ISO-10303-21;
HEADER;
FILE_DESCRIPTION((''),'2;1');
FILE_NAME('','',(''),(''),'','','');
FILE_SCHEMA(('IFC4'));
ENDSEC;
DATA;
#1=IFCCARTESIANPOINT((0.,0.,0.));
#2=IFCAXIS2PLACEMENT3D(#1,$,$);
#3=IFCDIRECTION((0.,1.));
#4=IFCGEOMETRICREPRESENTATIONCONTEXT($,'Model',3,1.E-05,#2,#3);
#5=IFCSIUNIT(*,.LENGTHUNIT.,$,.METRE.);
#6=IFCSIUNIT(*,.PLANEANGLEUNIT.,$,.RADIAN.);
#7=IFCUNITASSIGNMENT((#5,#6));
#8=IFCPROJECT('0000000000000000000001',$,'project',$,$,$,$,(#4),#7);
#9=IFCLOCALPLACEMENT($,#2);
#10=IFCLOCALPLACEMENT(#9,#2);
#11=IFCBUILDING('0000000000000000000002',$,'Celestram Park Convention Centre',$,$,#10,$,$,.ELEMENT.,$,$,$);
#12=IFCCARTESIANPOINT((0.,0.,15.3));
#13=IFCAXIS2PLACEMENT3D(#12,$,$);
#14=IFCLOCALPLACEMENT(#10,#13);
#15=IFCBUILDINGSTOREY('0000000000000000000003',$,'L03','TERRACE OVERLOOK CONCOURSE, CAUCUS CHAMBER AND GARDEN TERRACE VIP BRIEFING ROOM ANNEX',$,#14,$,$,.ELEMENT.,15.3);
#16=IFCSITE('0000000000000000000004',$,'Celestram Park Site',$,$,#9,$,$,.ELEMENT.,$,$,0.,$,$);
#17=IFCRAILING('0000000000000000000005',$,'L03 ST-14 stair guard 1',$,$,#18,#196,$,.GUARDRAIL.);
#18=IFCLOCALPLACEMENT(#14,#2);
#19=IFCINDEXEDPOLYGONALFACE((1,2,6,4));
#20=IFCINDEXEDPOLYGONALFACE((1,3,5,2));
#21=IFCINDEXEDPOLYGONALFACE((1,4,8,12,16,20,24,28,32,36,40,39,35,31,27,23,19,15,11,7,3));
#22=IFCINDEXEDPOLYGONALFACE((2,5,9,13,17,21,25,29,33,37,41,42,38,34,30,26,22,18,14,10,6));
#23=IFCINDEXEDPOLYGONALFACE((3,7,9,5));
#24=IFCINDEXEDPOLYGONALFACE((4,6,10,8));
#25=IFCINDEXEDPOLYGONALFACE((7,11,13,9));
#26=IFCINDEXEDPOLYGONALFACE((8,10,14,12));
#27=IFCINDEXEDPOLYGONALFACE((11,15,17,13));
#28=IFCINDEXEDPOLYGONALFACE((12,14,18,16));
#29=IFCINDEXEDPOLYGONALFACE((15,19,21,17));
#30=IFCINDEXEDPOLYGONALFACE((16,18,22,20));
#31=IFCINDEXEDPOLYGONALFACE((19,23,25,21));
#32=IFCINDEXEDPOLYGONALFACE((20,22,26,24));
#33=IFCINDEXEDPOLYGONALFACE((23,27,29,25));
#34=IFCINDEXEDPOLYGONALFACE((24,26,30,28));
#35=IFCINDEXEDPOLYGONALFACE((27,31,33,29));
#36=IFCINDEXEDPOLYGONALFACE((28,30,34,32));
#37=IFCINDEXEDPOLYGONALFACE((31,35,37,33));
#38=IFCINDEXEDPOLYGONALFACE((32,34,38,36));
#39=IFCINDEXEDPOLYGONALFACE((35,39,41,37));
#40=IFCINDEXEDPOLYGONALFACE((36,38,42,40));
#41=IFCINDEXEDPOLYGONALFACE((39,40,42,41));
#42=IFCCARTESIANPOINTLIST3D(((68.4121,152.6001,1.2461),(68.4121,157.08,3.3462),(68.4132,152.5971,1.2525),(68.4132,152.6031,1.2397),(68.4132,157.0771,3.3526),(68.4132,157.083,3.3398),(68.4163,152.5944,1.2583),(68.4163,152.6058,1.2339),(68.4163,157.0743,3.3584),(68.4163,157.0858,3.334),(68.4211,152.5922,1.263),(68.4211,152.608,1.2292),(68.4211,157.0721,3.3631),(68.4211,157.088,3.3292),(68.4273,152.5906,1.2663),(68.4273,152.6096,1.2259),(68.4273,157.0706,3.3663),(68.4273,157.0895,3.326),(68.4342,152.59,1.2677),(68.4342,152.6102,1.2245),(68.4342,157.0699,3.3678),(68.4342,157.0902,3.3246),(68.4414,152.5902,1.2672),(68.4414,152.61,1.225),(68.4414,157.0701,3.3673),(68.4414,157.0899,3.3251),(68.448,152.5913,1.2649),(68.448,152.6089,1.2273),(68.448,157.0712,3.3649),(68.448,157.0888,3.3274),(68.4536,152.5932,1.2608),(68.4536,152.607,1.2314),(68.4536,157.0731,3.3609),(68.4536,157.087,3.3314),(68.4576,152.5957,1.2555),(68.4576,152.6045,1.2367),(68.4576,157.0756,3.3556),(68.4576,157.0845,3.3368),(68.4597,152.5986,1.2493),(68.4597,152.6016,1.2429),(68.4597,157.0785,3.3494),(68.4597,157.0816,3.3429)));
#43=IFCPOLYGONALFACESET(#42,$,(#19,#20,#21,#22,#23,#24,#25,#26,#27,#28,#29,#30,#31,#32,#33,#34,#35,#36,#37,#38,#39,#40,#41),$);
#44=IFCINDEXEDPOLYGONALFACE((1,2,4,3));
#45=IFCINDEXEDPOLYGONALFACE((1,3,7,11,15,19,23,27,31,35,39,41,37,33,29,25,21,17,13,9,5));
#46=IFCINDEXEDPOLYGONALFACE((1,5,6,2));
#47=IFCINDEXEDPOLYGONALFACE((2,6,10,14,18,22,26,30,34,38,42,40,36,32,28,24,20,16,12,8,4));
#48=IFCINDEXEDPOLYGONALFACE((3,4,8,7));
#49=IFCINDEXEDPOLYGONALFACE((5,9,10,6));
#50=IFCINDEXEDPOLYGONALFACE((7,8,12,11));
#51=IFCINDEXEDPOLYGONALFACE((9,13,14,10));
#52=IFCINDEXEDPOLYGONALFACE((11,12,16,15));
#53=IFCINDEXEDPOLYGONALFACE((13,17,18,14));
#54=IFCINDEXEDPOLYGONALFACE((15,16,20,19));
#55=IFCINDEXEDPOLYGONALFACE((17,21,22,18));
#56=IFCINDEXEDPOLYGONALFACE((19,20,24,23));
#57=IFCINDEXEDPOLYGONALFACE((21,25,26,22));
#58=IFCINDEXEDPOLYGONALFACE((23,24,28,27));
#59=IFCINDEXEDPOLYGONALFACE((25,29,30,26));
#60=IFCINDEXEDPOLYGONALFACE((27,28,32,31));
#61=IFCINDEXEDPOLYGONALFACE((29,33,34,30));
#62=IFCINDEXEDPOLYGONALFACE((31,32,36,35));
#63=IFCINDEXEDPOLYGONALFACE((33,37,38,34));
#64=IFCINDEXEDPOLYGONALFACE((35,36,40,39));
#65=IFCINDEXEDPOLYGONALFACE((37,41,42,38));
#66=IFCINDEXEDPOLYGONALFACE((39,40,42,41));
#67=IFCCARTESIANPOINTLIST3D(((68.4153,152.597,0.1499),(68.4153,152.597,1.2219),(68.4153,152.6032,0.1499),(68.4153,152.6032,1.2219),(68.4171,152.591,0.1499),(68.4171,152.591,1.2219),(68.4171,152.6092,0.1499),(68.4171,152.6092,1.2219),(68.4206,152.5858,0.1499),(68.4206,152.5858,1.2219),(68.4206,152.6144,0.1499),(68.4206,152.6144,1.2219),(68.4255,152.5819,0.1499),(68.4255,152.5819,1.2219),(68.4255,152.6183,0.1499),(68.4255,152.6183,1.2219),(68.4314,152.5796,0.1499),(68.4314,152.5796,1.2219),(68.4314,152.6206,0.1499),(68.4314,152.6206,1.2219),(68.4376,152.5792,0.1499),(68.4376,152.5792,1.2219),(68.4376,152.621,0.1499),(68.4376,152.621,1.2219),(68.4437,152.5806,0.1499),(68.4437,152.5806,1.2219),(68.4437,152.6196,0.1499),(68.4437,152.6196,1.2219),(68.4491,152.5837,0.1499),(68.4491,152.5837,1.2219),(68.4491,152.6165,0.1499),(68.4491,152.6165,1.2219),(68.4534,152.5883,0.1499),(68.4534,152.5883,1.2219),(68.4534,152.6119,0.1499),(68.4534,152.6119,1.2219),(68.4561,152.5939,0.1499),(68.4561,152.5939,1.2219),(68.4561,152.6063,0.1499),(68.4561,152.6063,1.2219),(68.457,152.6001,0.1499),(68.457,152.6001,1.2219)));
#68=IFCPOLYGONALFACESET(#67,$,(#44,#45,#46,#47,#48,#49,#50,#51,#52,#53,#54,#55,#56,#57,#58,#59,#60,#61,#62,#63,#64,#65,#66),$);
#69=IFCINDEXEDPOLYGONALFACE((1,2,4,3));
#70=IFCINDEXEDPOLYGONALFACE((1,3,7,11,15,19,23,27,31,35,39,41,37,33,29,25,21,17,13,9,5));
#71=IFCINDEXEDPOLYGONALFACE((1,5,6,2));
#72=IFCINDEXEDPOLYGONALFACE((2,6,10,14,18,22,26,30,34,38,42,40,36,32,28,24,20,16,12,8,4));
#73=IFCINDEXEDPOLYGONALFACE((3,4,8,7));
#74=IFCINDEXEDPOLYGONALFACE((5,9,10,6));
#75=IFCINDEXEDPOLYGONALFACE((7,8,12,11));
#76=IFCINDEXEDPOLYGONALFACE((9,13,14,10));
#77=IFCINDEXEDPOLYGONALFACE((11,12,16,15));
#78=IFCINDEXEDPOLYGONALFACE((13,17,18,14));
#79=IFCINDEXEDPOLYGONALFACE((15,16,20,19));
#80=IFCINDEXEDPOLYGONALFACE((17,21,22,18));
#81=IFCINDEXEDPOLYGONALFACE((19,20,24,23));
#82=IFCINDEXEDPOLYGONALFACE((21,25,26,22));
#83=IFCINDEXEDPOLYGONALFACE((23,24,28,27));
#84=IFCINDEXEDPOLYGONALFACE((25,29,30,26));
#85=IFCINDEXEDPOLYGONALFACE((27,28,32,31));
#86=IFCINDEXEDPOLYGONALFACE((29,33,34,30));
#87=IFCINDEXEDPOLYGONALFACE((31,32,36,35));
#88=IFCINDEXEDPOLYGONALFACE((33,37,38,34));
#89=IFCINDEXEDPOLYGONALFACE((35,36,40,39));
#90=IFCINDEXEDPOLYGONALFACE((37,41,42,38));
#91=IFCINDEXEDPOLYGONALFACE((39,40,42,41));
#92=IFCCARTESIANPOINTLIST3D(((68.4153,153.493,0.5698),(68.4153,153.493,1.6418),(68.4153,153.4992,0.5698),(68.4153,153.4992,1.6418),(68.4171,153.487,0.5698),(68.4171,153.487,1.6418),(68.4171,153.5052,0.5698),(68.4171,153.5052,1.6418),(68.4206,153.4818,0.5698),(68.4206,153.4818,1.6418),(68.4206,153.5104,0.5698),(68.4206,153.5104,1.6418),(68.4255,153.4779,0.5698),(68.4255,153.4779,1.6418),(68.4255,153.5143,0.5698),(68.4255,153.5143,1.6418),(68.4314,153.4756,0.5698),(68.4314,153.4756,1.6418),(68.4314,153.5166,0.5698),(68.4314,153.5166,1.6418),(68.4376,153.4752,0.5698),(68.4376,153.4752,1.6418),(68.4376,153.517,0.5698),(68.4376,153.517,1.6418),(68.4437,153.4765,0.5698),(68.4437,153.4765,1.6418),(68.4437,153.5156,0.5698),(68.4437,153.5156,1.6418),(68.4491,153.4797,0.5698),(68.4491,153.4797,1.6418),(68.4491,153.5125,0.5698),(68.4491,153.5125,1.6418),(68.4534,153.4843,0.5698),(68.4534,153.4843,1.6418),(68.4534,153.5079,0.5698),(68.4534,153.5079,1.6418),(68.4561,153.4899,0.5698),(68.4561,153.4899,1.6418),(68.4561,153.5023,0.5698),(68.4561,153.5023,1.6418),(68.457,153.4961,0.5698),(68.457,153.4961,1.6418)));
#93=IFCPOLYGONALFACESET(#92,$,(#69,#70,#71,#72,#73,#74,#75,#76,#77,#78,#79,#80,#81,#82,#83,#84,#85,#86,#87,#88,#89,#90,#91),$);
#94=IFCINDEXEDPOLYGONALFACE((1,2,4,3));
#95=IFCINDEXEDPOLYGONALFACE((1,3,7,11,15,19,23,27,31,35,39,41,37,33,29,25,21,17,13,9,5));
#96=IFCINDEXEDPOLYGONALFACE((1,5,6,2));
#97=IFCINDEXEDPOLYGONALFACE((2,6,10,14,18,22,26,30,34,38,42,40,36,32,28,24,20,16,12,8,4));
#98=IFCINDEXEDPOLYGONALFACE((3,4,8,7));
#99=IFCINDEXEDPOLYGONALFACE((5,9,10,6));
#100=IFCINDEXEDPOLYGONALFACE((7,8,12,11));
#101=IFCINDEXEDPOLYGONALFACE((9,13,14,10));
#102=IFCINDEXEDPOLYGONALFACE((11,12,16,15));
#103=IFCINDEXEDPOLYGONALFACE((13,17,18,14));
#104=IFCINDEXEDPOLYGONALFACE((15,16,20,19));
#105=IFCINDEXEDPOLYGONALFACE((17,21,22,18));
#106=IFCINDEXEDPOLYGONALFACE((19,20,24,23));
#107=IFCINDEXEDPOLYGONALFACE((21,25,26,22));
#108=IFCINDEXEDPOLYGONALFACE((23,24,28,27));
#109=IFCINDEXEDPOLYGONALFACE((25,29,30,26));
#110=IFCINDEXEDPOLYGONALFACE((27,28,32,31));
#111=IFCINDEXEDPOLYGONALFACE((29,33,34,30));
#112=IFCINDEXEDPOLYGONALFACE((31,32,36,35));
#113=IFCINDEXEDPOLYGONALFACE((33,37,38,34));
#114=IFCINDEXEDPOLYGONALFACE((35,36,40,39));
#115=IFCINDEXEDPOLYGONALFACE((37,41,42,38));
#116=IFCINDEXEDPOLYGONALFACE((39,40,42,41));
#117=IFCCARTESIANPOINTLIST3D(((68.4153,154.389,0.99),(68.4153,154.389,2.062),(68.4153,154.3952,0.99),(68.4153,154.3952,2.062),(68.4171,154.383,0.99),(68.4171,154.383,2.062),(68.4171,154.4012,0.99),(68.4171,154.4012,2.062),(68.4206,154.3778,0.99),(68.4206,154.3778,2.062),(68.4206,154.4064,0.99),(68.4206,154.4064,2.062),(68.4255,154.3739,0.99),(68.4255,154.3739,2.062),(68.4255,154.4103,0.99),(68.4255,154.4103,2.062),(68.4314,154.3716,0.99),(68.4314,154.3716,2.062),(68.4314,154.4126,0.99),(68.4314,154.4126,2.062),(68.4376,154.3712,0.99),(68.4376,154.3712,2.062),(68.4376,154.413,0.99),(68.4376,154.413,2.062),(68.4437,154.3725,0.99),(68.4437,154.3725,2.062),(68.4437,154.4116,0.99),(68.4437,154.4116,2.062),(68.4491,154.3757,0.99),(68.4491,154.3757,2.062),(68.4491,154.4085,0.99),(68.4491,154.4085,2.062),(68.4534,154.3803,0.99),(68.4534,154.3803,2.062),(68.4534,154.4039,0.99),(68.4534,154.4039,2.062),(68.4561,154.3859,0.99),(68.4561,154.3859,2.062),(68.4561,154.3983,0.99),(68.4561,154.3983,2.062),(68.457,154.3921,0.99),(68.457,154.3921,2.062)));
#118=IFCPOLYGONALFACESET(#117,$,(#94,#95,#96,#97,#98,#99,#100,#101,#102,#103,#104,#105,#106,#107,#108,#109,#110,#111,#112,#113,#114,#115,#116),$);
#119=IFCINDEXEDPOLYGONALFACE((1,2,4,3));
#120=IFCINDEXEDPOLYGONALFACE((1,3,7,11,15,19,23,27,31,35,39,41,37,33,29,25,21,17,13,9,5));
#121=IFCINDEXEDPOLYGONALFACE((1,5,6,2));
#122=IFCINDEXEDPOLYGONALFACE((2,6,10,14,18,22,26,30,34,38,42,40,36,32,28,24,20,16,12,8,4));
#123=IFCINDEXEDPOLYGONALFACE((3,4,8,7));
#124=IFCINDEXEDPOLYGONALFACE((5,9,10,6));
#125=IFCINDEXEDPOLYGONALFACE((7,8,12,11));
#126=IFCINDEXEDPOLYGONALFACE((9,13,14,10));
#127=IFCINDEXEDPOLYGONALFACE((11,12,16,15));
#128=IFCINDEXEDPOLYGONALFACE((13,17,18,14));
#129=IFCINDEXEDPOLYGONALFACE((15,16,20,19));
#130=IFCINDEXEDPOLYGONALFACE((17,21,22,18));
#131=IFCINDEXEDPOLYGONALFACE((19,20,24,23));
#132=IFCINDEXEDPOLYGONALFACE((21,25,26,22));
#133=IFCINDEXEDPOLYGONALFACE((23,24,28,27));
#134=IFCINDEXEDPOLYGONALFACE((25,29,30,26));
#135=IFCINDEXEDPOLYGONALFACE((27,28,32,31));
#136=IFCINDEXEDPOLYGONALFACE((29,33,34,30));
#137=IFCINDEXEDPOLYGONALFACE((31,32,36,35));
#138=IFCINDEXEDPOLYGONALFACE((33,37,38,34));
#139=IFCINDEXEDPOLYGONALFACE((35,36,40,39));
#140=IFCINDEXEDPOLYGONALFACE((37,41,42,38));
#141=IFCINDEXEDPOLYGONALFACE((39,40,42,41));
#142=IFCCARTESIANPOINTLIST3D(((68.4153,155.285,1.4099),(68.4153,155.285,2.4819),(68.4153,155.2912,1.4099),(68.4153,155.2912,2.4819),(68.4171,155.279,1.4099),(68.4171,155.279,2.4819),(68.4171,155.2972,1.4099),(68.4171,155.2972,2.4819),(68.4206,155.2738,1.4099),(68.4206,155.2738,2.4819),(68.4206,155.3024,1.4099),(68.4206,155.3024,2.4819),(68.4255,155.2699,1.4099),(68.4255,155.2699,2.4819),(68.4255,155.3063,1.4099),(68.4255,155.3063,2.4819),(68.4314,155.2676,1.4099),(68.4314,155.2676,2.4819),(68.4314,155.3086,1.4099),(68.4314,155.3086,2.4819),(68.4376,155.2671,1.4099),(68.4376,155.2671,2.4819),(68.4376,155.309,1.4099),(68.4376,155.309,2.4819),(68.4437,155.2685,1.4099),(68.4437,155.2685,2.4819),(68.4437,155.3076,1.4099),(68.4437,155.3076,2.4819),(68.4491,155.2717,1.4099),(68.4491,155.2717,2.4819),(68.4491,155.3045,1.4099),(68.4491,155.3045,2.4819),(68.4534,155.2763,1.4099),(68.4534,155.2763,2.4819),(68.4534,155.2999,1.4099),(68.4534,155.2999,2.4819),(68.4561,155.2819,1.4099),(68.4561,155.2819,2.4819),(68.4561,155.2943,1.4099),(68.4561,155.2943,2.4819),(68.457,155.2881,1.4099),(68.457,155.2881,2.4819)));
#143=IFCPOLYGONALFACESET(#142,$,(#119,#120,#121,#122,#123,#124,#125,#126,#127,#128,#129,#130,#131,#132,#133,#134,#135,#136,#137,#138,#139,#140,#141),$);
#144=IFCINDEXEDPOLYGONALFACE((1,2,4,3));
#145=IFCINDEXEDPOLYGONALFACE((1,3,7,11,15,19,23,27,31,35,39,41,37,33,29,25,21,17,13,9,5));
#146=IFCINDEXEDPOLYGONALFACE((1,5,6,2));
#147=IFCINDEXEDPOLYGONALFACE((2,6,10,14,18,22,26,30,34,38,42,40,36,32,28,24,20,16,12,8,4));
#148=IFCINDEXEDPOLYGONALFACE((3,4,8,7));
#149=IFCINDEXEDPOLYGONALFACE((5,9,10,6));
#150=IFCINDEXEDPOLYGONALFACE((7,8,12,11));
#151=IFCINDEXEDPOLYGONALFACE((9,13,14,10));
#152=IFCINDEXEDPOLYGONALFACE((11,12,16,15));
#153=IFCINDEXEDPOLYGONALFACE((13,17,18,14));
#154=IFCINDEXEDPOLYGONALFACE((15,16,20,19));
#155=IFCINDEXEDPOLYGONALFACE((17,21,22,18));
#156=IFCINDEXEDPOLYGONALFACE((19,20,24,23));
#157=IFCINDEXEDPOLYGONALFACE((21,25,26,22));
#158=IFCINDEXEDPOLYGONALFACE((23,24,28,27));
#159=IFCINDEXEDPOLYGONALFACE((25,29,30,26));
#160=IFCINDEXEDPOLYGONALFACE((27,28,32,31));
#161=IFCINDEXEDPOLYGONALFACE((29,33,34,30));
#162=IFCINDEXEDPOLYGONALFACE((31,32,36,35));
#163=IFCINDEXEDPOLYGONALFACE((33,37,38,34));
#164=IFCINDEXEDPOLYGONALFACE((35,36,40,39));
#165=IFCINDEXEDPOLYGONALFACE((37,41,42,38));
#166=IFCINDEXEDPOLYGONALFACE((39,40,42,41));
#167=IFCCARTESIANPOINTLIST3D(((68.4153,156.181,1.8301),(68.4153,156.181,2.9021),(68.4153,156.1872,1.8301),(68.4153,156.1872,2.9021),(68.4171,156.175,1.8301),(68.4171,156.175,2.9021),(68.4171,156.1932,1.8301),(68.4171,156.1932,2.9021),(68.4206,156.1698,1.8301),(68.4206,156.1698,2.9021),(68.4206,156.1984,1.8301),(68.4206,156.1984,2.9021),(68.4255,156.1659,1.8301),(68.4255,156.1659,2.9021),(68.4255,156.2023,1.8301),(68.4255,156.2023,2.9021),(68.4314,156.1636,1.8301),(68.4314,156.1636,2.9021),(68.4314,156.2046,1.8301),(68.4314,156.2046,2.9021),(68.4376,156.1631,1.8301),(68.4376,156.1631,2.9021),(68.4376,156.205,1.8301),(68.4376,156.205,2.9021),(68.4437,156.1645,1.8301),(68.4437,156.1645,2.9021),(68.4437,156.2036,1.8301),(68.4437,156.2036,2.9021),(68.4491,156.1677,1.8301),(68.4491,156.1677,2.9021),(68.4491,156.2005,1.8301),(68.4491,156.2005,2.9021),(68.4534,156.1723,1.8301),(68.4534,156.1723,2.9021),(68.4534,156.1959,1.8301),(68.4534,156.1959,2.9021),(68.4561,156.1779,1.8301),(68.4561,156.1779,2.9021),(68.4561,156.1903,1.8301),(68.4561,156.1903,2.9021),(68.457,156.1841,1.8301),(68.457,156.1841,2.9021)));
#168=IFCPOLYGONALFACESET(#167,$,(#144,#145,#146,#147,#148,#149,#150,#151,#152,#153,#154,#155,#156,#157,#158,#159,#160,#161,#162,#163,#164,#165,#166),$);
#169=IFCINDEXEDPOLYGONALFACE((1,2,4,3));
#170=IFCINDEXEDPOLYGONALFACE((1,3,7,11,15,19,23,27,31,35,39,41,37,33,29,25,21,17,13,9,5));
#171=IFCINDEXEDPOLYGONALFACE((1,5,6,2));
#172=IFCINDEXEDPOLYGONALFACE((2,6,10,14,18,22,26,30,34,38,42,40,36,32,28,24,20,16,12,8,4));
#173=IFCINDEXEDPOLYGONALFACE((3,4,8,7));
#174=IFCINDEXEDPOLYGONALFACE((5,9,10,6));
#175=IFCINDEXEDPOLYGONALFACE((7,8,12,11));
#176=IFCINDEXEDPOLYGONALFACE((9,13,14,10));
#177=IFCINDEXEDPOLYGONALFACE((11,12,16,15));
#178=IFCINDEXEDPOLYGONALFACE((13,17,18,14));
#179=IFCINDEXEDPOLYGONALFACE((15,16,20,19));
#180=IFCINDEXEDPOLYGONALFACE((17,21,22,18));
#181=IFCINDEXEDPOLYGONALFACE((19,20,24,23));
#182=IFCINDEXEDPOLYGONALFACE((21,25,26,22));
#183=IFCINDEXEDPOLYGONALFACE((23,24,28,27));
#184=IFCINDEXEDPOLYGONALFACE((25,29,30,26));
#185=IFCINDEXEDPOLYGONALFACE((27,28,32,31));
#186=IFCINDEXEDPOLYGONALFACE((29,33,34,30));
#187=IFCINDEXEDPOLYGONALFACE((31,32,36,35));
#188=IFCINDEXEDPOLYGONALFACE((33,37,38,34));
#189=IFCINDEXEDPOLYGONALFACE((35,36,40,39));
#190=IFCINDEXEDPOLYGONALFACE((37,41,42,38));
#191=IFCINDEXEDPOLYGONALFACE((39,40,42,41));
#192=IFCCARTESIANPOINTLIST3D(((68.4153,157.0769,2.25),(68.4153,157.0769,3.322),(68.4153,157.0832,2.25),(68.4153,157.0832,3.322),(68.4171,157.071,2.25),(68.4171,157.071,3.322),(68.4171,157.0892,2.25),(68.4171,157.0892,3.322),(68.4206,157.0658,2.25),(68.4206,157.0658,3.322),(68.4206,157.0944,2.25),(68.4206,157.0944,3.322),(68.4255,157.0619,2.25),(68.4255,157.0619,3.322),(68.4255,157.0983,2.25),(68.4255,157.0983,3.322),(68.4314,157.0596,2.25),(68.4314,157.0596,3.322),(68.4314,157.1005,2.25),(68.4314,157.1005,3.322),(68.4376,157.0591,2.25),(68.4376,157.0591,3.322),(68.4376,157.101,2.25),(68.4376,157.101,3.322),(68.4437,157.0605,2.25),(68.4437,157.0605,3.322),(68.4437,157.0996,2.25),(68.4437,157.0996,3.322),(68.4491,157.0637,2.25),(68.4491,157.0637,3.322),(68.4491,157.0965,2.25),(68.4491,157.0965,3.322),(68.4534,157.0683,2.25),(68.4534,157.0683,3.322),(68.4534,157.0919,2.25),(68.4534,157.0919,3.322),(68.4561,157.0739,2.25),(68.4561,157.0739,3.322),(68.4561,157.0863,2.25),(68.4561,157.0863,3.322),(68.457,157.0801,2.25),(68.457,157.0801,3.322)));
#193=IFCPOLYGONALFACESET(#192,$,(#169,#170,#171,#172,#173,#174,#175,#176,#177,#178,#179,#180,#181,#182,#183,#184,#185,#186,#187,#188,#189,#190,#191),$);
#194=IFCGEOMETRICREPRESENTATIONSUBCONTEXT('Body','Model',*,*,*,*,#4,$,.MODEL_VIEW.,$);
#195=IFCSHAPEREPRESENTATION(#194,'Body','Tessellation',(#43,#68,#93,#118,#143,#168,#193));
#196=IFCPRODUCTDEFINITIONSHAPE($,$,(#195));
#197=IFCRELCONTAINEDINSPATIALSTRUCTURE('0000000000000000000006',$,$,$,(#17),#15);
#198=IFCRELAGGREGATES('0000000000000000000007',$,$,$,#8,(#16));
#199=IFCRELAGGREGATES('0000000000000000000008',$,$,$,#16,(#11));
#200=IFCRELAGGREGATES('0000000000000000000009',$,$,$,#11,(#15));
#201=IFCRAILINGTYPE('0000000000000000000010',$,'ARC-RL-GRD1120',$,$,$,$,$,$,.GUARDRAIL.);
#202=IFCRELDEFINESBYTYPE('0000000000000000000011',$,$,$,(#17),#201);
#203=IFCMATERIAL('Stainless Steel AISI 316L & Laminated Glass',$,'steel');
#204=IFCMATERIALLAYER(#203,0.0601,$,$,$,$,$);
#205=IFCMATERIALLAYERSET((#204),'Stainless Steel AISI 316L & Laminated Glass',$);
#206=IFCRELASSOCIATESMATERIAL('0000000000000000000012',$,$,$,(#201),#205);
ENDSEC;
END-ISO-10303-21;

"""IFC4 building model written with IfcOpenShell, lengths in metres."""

from ifc_helpers import new_model, si_unit, direction, frame, origin, origin_2d, place, context, subcontext, project, spatial, circle, extrude, material, layer, layer_set, type_object, element, save


model = new_model("IFC4")

# Units and contexts
model_context = context("Model", 3, precision=1e-05, world=origin(), true_north=direction((0.0, 1.0)))
body_context = subcontext(model_context, "Body", "Model", "MODEL_VIEW")
ifc_project = project(units=[si_unit("LENGTHUNIT", "METRE"), si_unit("PLANEANGLEUNIT", "RADIAN")], contexts=[model_context])

# Site, building, storey
site_placement = place(None, origin())
site = spatial("IfcSite", under=ifc_project, at=site_placement, Name="Celestram Park Site", CompositionType="ELEMENT", RefElevation=0.0)
building_placement = place(site_placement, origin())
building = spatial("IfcBuilding", under=site, at=building_placement, Name="Celestram Park Convention Centre", CompositionType="ELEMENT")
storey_placement = place(building_placement, frame((0.0, 0.0, 15.3)))
storey = spatial("IfcBuildingStorey", under=building, at=storey_placement, Name="L03", Description="TERRACE OVERLOOK CONCOURSE, CAUCUS CHAMBER AND GARDEN TERRACE VIP BRIEFING ROOM ANNEX", CompositionType="ELEMENT", Elevation=15.3)

# Railing
ifc_material_1 = material(Name="Stainless Steel AISI 316L & Laminated Glass", Category="steel")
ifc_layer_1 = layer(ifc_material_1, 0.0601)
ifc_layer_set_1 = layer_set([ifc_layer_1], Name="Stainless Steel AISI 316L & Laminated Glass")
railing_type_1 = type_object("IfcRailingType", Name="ARC-RL-GRD1120", PredefinedType="GUARDRAIL", material=ifc_layer_set_1)
railing_1_placement = place(storey_placement, frame((68.436, 152.6001, 0.1499)))
element("IfcRailing", 1, at=railing_1_placement, inside=storey, type_object=railing_type_1, Name="L03 ST-14 stair guard 1", PredefinedType="GUARDRAIL", context=body_context, shape_type="SweptSolid", body=[
    extrude(circle(Radius=0.0239, at=origin_2d()), frame((0.0, 0.0, 1.0962), z_axis=(0.0, 0.905451, 0.424452), x_axis=(-1.0, 0.0, 0.0)), (0.0, 0.0, 1.0), 4.9478),
    extrude(circle(Radius=0.021, at=origin_2d()), origin(), (0.0, 0.0, 1.0), 1.072),
    extrude(circle(Radius=0.021, at=origin_2d()), frame((0.0, 0.896, 0.4199)), (0.0, 0.0, 1.0), 1.072),
    extrude(circle(Radius=0.021, at=origin_2d()), frame((0.0, 1.792, 0.8401)), (0.0, 0.0, 1.0), 1.072),
    extrude(circle(Radius=0.021, at=origin_2d()), frame((0.0, 2.688, 1.26)), (0.0, 0.0, 1.0), 1.072),
    extrude(circle(Radius=0.021, at=origin_2d()), frame((0.0, 3.584, 1.6802)), (0.0, 0.0, 1.0), 1.072),
    extrude(circle(Radius=0.021, at=origin_2d()), frame((0.0, 4.48, 2.1001)), (0.0, 0.0, 1.0), 1.072),
])

save(model, "model.ifc")
